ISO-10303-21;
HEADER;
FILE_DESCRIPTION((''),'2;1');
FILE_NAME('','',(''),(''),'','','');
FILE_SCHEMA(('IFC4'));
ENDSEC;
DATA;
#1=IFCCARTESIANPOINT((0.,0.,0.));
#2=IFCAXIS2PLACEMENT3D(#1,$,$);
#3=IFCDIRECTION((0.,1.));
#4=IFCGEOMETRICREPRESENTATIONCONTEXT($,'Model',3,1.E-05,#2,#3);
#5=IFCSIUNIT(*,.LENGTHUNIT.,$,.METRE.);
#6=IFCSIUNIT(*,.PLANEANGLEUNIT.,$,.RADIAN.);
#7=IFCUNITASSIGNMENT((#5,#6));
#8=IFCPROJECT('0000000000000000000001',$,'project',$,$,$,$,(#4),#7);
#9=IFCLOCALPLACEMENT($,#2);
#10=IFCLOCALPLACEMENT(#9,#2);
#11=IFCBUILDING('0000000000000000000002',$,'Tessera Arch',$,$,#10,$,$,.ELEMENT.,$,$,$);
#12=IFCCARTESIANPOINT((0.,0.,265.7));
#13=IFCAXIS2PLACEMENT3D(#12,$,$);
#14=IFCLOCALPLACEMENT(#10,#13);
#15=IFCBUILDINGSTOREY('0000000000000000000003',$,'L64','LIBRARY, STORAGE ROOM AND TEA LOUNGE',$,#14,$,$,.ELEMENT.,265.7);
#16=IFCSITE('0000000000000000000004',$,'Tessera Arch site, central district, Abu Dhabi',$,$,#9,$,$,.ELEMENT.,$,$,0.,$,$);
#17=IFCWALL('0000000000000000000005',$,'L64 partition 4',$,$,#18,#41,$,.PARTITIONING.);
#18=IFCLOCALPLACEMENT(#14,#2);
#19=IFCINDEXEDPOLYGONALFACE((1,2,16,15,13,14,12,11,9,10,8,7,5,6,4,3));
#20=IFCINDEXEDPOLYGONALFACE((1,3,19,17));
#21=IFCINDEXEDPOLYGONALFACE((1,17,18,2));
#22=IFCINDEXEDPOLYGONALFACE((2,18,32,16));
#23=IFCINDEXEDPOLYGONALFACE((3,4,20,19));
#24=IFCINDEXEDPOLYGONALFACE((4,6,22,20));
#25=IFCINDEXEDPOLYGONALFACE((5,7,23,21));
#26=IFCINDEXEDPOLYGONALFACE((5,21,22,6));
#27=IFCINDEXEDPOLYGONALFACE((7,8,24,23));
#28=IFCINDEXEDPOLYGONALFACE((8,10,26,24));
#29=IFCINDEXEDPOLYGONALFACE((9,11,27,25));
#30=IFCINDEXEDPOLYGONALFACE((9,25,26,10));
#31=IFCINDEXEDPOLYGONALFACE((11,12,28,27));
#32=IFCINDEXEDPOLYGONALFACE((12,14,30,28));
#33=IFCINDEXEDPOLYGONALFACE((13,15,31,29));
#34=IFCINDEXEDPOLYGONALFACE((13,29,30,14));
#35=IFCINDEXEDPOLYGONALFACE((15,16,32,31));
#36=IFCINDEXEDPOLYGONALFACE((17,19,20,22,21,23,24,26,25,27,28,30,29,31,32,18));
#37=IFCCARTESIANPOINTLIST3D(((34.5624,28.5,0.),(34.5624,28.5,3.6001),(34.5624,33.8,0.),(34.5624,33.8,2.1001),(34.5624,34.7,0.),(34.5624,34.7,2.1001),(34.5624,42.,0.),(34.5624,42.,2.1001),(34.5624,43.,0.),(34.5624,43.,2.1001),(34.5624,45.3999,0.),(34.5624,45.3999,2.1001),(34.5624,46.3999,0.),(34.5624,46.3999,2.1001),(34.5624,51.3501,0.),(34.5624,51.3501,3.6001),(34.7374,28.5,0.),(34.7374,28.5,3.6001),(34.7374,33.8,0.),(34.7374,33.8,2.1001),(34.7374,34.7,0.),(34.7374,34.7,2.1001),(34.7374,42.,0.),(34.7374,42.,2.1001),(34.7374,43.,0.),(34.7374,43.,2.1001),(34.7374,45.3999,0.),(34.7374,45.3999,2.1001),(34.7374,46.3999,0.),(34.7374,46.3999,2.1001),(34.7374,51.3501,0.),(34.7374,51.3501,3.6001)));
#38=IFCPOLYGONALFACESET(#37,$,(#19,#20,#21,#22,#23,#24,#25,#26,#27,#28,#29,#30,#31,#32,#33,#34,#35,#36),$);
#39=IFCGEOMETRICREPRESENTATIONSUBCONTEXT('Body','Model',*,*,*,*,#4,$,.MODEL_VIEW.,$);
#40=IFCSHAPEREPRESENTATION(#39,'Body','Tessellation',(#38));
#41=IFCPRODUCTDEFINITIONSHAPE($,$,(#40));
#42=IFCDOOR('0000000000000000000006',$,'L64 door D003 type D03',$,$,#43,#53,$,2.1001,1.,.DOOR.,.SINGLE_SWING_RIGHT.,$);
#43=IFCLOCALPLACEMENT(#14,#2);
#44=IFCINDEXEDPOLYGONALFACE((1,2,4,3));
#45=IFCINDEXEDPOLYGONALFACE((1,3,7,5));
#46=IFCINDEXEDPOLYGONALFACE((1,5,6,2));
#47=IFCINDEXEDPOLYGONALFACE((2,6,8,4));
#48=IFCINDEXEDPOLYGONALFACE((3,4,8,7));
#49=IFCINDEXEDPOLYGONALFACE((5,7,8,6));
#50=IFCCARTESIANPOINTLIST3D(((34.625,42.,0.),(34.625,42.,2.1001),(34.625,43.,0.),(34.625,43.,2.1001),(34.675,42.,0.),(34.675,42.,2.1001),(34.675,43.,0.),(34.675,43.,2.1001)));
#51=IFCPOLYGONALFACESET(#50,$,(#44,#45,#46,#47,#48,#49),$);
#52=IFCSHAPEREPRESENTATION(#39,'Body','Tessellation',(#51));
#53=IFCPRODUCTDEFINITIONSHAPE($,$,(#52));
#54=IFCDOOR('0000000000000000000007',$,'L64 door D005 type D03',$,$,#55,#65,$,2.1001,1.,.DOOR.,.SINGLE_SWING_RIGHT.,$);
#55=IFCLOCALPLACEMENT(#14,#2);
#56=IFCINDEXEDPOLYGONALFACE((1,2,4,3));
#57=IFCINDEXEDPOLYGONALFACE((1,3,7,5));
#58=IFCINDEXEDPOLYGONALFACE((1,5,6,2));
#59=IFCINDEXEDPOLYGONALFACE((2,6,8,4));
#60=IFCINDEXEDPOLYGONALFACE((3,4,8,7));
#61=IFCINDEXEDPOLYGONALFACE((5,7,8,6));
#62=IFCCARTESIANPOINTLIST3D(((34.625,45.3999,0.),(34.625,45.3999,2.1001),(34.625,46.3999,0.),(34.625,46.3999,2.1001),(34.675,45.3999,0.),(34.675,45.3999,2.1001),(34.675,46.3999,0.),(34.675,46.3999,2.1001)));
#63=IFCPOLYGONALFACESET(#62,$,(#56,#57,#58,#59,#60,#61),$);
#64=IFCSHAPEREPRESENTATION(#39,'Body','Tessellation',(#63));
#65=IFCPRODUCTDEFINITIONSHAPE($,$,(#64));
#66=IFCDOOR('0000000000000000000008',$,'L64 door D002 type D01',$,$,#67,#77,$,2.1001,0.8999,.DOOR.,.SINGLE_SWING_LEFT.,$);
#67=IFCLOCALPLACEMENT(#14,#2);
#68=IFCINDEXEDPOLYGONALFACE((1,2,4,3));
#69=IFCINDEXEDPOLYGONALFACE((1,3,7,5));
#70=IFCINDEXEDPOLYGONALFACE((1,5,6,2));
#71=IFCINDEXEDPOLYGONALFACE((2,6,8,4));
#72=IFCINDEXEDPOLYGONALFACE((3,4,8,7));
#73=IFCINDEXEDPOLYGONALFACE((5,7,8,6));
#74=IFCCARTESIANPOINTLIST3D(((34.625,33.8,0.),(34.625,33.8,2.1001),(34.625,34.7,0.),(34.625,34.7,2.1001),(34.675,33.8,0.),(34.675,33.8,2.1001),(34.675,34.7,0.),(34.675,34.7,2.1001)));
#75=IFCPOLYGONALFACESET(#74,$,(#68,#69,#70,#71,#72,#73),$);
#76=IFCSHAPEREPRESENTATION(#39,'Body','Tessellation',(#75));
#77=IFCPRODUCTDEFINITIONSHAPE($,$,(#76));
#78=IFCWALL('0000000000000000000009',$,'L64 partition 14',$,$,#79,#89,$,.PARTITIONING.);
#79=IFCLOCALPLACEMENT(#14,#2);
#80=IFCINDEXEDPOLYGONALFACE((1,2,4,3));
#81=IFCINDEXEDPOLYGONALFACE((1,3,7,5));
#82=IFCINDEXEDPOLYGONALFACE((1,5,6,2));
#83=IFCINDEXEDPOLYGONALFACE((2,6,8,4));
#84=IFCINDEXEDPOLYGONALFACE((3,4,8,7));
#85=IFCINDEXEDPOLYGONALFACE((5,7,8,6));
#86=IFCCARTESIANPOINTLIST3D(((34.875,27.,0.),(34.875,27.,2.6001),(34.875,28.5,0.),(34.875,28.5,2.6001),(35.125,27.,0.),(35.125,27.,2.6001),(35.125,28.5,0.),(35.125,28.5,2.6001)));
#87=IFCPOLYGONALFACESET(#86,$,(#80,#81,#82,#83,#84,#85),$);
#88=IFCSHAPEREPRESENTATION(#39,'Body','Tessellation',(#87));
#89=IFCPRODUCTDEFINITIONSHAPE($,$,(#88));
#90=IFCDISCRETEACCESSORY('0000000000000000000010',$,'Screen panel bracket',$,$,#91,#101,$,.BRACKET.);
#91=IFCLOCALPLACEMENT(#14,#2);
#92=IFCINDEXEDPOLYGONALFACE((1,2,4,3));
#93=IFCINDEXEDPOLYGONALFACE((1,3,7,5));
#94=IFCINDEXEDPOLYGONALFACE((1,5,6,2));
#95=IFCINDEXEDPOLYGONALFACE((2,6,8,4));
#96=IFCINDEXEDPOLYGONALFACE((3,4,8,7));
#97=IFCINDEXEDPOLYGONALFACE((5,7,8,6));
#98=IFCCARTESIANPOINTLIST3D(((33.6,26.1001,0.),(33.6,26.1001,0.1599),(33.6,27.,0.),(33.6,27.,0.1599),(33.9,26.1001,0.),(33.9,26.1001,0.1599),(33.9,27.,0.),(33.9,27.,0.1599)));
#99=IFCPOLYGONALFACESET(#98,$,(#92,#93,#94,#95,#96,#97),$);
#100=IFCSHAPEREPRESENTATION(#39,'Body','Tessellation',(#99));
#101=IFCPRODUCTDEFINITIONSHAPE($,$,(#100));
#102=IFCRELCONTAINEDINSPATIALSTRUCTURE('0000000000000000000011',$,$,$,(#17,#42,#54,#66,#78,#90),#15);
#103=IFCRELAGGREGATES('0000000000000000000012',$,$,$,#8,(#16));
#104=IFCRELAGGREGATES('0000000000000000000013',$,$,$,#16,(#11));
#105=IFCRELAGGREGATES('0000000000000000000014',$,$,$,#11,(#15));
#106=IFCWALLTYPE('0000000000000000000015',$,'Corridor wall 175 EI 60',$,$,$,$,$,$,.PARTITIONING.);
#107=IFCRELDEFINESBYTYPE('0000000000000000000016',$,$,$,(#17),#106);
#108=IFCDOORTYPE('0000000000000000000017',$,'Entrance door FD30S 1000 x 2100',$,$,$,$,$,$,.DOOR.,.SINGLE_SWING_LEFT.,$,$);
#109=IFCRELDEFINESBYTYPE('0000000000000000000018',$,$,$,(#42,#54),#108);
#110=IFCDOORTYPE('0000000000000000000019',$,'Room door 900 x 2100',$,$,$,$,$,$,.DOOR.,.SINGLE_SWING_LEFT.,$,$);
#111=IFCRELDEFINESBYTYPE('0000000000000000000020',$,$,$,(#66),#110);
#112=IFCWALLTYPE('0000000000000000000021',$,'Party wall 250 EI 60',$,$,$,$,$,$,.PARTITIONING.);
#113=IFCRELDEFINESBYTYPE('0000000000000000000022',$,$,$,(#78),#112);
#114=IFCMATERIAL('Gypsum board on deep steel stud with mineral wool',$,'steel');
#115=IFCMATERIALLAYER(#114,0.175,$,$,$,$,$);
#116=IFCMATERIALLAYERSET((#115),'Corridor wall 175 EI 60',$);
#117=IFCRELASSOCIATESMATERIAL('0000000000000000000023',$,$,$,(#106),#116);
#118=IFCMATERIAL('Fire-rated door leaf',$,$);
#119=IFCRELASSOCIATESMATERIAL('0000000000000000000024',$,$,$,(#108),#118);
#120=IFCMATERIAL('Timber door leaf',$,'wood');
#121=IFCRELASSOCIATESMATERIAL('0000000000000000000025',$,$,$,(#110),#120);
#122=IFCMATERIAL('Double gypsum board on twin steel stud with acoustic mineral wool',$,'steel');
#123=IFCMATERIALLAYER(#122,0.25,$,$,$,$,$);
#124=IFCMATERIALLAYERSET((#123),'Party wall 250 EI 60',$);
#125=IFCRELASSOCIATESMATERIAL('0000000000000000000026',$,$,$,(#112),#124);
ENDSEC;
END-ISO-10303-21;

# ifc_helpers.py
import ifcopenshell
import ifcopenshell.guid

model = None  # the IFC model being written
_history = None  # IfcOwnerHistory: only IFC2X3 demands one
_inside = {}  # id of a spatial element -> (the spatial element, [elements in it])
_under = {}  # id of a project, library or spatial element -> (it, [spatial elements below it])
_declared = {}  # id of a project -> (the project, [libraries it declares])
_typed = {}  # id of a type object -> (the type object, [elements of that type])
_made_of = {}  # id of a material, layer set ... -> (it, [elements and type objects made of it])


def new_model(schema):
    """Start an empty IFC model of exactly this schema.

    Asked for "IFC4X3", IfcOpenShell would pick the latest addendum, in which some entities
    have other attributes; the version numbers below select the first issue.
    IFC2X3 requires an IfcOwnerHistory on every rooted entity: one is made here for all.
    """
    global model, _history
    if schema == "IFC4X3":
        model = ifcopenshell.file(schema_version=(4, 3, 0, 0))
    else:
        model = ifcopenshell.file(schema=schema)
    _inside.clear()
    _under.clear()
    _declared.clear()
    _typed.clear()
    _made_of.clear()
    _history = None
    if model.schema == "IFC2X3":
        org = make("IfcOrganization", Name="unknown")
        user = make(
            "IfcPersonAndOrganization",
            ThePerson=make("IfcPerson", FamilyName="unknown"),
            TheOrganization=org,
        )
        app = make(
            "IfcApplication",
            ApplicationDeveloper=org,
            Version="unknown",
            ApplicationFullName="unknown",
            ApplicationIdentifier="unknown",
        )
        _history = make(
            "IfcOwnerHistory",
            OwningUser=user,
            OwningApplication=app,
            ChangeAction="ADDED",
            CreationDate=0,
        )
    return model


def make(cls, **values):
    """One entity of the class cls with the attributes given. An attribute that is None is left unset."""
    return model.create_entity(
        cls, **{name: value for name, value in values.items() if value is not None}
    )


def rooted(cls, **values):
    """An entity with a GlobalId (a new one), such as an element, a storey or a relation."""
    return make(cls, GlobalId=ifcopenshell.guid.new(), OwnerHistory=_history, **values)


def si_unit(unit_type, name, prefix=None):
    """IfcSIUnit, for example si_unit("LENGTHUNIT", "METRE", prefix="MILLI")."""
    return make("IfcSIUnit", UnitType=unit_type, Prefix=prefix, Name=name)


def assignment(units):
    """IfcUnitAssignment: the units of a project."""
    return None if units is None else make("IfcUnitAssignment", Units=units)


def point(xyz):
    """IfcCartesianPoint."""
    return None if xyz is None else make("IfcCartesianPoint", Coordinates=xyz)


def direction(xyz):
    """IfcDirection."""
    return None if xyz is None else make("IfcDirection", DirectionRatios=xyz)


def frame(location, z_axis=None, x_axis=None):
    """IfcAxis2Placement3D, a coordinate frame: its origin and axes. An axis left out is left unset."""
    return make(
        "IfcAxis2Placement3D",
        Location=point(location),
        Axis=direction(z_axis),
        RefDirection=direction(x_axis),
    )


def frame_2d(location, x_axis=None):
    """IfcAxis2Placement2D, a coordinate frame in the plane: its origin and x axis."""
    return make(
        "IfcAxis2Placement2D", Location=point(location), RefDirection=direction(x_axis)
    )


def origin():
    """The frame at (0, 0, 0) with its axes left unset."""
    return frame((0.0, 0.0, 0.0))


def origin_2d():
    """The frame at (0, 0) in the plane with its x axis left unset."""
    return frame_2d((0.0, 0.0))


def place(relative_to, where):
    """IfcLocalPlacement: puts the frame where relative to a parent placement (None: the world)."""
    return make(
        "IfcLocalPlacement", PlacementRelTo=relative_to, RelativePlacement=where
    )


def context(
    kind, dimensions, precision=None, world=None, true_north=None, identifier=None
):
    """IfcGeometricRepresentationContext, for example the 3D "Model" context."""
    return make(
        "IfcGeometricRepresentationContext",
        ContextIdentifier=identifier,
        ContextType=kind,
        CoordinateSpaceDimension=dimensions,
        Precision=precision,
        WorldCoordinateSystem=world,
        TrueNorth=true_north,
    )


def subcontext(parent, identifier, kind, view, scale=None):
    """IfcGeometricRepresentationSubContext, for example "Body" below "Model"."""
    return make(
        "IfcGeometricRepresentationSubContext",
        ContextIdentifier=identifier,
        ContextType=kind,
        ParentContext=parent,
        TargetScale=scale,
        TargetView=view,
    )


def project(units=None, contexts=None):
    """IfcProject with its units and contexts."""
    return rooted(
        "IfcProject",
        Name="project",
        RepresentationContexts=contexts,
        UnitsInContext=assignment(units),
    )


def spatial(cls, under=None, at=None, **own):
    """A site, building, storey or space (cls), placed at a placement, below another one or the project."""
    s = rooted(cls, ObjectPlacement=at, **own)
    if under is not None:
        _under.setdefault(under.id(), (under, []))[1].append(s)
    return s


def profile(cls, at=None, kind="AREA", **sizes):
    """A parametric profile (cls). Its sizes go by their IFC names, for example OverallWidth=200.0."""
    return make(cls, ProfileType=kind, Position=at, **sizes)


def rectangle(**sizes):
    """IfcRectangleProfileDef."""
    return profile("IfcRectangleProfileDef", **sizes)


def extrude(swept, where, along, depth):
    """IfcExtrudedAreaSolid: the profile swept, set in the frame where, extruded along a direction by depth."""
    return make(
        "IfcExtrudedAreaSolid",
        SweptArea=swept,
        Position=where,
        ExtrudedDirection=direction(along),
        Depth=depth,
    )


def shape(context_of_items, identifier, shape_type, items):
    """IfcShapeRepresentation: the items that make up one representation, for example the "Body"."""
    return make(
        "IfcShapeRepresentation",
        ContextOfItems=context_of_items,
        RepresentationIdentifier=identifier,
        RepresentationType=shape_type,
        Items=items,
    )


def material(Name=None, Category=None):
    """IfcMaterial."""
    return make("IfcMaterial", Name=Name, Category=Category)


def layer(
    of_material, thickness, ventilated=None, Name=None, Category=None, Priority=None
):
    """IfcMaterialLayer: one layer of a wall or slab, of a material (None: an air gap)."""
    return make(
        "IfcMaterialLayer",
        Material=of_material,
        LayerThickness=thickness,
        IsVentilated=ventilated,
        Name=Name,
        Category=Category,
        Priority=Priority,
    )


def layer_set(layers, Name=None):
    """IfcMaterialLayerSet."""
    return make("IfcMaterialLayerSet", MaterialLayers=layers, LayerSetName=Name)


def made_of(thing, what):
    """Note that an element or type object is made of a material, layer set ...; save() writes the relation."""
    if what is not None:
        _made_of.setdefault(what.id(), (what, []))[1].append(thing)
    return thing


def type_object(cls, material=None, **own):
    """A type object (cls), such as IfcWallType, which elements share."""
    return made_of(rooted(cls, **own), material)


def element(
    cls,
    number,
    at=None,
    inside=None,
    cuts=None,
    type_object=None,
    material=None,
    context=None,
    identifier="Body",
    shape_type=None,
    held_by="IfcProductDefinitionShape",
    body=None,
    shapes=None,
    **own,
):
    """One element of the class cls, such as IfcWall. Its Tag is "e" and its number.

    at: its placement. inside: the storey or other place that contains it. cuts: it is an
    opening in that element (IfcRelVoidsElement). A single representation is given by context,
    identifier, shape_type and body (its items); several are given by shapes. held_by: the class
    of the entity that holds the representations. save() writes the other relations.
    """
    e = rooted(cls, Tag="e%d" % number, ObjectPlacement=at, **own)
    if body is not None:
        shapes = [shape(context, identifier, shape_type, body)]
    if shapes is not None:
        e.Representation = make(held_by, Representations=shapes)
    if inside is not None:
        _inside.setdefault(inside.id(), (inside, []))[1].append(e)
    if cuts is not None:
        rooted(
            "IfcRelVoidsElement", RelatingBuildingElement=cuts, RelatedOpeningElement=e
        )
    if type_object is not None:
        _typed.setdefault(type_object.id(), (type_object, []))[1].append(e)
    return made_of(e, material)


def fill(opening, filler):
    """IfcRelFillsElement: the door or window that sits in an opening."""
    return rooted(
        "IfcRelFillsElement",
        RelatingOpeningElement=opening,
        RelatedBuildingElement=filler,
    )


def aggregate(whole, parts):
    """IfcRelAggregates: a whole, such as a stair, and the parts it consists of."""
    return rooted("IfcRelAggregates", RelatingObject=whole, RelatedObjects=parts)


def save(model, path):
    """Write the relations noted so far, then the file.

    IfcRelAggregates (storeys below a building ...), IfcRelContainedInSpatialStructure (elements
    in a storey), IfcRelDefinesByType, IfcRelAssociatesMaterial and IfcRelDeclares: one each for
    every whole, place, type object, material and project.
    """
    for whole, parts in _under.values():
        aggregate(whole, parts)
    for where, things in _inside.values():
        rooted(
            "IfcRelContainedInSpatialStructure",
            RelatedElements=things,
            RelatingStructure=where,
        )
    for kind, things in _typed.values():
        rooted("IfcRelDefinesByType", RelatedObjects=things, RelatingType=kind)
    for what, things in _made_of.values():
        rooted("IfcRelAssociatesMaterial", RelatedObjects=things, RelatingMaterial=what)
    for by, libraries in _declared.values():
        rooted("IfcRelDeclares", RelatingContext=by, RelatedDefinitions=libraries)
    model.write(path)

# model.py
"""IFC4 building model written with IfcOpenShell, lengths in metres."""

from ifc_helpers import new_model, si_unit, direction, frame, frame_2d, origin, origin_2d, place, context, subcontext, project, spatial, rectangle, extrude, material, layer, layer_set, type_object, element, fill, save


model = new_model("IFC4")

# Units and contexts
model_context = context("Model", 3, precision=1e-05, world=origin(), true_north=direction((0.0, 1.0)))
body_context = subcontext(model_context, "Body", "Model", "MODEL_VIEW")
ifc_project = project(units=[si_unit("LENGTHUNIT", "METRE"), si_unit("PLANEANGLEUNIT", "RADIAN")], contexts=[model_context])

# Site, building, storey
site_placement = place(None, origin())
site = spatial("IfcSite", under=ifc_project, at=site_placement, Name="Tessera Arch site, central district, Abu Dhabi", CompositionType="ELEMENT", RefElevation=0.0)
building_placement = place(site_placement, origin())
building = spatial("IfcBuilding", under=site, at=building_placement, Name="Tessera Arch", CompositionType="ELEMENT")
storey_placement = place(building_placement, frame((0.0, 0.0, 265.7)))
storey = spatial("IfcBuildingStorey", under=building, at=storey_placement, Name="L64", Description="LIBRARY, STORAGE ROOM AND TEA LOUNGE", CompositionType="ELEMENT", Elevation=265.7)

# Shared definitions
ifc_material_1 = material(Name="Gypsum board on deep steel stud with mineral wool", Category="steel")
ifc_layer_1 = layer(ifc_material_1, 0.175)
ifc_layer_set_1 = layer_set([ifc_layer_1], Name="Corridor wall 175 EI 60")
wall_type_1 = type_object("IfcWallType", Name="Corridor wall 175 EI 60", PredefinedType="PARTITIONING", material=ifc_layer_set_1)

# Wall, openings, doors
wall_1_placement = place(storey_placement, frame((34.6499, 28.5, 0.0), z_axis=(0.0, 0.0, 1.0), x_axis=(0.0, 1.0, 0.0)))
wall_1 = element("IfcWall", 1, at=wall_1_placement, inside=storey, type_object=wall_type_1, Name="L64 partition 4", PredefinedType="PARTITIONING", context=body_context, shape_type="SweptSolid", body=[
    extrude(rectangle(XDim=22.8501, YDim=0.175, at=frame_2d((11.425, 0.0))), origin(), (0.0, 0.0, 1.0), 3.6001),
])
opening_1_placement = place(wall_1_placement, frame((5.3, 0.0, 0.0)))
opening_1 = element("IfcOpeningElement", 2, at=opening_1_placement, cuts=wall_1, PredefinedType="OPENING", context=body_context, shape_type="SweptSolid", body=[
    extrude(rectangle(XDim=0.8999, YDim=2.1001, at=frame_2d((0.45, 1.05))), frame((0.0, 0.0974, 0.0), z_axis=(0.0, -1.0, 0.0), x_axis=(1.0, 0.0, 0.0)), (0.0, 0.0, 1.0), 0.1951),
])
opening_2_placement = place(wall_1_placement, frame((13.5, 0.0, 0.0)))
opening_2 = element("IfcOpeningElement", 3, at=opening_2_placement, cuts=wall_1, PredefinedType="OPENING", context=body_context, shape_type="SweptSolid", body=[
    extrude(rectangle(XDim=1.0, YDim=2.1001, at=frame_2d((0.5, 1.05))), frame((0.0, 0.0974, 0.0), z_axis=(0.0, -1.0, 0.0), x_axis=(1.0, 0.0, 0.0)), (0.0, 0.0, 1.0), 0.1951),
])
opening_3_placement = place(wall_1_placement, frame((16.8999, 0.0, 0.0)))
opening_3 = element("IfcOpeningElement", 4, at=opening_3_placement, cuts=wall_1, PredefinedType="OPENING", context=body_context, shape_type="SweptSolid", body=[
    extrude(rectangle(XDim=1.0, YDim=2.1001, at=frame_2d((0.5, 1.05))), frame((0.0, 0.0974, 0.0), z_axis=(0.0, -1.0, 0.0), x_axis=(1.0, 0.0, 0.0)), (0.0, 0.0, 1.0), 0.1951),
])
ifc_material_2 = material(Name="Fire-rated door leaf")
door_type_1 = type_object("IfcDoorType", Name="Entrance door FD30S 1000 x 2100", OperationType="SINGLE_SWING_LEFT", PredefinedType="DOOR", material=ifc_material_2)
door_1_placement = place(opening_2_placement, origin())
door_1 = element("IfcDoor", 5, at=door_1_placement, inside=storey, type_object=door_type_1, Name="L64 door D003 type D03", OperationType="SINGLE_SWING_RIGHT", OverallHeight=2.1001, OverallWidth=1.0, PredefinedType="DOOR", context=body_context, shape_type="SweptSolid", body=[
    extrude(rectangle(XDim=1.0, YDim=2.1001, at=frame_2d((0.5, 1.05))), frame((0.0, 0.0249, 0.0), z_axis=(0.0, -1.0, 0.0), x_axis=(1.0, 0.0, 0.0)), (0.0, 0.0, 1.0), 0.05),
])
fill(opening_2, door_1)
door_2_placement = place(opening_3_placement, origin())
door_2 = element("IfcDoor", 6, at=door_2_placement, inside=storey, type_object=door_type_1, Name="L64 door D005 type D03", OperationType="SINGLE_SWING_RIGHT", OverallHeight=2.1001, OverallWidth=1.0, PredefinedType="DOOR", context=body_context, shape_type="SweptSolid", body=[
    extrude(rectangle(XDim=1.0, YDim=2.1001, at=frame_2d((0.5, 1.05))), frame((0.0, 0.0249, 0.0), z_axis=(0.0, -1.0, 0.0), x_axis=(1.0, 0.0, 0.0)), (0.0, 0.0, 1.0), 0.05),
])
fill(opening_3, door_2)
ifc_material_3 = material(Name="Timber door leaf", Category="wood")
door_type_2 = type_object("IfcDoorType", Name="Room door 900 x 2100", OperationType="SINGLE_SWING_LEFT", PredefinedType="DOOR", material=ifc_material_3)
door_3_placement = place(opening_1_placement, origin())
door_3 = element("IfcDoor", 7, at=door_3_placement, inside=storey, type_object=door_type_2, Name="L64 door D002 type D01", OperationType="SINGLE_SWING_LEFT", OverallHeight=2.1001, OverallWidth=0.8999, PredefinedType="DOOR", context=body_context, shape_type="SweptSolid", body=[
    extrude(rectangle(XDim=0.8999, YDim=2.1001, at=frame_2d((0.45, 1.05))), frame((0.0, 0.0249, 0.0), z_axis=(0.0, -1.0, 0.0), x_axis=(1.0, 0.0, 0.0)), (0.0, 0.0, 1.0), 0.05),
])
fill(opening_1, door_3)

# Wall
ifc_material_4 = material(Name="Double gypsum board on twin steel stud with acoustic mineral wool", Category="steel")
ifc_layer_2 = layer(ifc_material_4, 0.25)
ifc_layer_set_2 = layer_set([ifc_layer_2], Name="Party wall 250 EI 60")
wall_type_2 = type_object("IfcWallType", Name="Party wall 250 EI 60", PredefinedType="PARTITIONING", material=ifc_layer_set_2)
wall_2_placement = place(storey_placement, frame((35.0, 27.0, 0.0), z_axis=(0.0, 0.0, 1.0), x_axis=(0.0, 1.0, 0.0)))
element("IfcWall", 8, at=wall_2_placement, inside=storey, type_object=wall_type_2, Name="L64 partition 14", PredefinedType="PARTITIONING", context=body_context, shape_type="SweptSolid", body=[
    extrude(rectangle(XDim=1.5, YDim=0.25, at=frame_2d((0.75, 0.0))), origin(), (0.0, 0.0, 1.0), 2.6001),
])

# Discrete accessory
discrete_accessory_placement = place(storey_placement, frame((33.75, 26.55, 0.0), z_axis=(0.0, 0.0, 1.0), x_axis=(0.0, -1.0, 0.0)))
element("IfcDiscreteAccessory", 9, at=discrete_accessory_placement, inside=storey, Name="Screen panel bracket", PredefinedType="BRACKET", context=body_context, shape_type="SweptSolid", body=[
    extrude(rectangle(XDim=0.8999, YDim=0.3, at=origin_2d()), origin(), (0.0, 0.0, 1.0), 0.1599),
])

save(model, "model.ifc")
